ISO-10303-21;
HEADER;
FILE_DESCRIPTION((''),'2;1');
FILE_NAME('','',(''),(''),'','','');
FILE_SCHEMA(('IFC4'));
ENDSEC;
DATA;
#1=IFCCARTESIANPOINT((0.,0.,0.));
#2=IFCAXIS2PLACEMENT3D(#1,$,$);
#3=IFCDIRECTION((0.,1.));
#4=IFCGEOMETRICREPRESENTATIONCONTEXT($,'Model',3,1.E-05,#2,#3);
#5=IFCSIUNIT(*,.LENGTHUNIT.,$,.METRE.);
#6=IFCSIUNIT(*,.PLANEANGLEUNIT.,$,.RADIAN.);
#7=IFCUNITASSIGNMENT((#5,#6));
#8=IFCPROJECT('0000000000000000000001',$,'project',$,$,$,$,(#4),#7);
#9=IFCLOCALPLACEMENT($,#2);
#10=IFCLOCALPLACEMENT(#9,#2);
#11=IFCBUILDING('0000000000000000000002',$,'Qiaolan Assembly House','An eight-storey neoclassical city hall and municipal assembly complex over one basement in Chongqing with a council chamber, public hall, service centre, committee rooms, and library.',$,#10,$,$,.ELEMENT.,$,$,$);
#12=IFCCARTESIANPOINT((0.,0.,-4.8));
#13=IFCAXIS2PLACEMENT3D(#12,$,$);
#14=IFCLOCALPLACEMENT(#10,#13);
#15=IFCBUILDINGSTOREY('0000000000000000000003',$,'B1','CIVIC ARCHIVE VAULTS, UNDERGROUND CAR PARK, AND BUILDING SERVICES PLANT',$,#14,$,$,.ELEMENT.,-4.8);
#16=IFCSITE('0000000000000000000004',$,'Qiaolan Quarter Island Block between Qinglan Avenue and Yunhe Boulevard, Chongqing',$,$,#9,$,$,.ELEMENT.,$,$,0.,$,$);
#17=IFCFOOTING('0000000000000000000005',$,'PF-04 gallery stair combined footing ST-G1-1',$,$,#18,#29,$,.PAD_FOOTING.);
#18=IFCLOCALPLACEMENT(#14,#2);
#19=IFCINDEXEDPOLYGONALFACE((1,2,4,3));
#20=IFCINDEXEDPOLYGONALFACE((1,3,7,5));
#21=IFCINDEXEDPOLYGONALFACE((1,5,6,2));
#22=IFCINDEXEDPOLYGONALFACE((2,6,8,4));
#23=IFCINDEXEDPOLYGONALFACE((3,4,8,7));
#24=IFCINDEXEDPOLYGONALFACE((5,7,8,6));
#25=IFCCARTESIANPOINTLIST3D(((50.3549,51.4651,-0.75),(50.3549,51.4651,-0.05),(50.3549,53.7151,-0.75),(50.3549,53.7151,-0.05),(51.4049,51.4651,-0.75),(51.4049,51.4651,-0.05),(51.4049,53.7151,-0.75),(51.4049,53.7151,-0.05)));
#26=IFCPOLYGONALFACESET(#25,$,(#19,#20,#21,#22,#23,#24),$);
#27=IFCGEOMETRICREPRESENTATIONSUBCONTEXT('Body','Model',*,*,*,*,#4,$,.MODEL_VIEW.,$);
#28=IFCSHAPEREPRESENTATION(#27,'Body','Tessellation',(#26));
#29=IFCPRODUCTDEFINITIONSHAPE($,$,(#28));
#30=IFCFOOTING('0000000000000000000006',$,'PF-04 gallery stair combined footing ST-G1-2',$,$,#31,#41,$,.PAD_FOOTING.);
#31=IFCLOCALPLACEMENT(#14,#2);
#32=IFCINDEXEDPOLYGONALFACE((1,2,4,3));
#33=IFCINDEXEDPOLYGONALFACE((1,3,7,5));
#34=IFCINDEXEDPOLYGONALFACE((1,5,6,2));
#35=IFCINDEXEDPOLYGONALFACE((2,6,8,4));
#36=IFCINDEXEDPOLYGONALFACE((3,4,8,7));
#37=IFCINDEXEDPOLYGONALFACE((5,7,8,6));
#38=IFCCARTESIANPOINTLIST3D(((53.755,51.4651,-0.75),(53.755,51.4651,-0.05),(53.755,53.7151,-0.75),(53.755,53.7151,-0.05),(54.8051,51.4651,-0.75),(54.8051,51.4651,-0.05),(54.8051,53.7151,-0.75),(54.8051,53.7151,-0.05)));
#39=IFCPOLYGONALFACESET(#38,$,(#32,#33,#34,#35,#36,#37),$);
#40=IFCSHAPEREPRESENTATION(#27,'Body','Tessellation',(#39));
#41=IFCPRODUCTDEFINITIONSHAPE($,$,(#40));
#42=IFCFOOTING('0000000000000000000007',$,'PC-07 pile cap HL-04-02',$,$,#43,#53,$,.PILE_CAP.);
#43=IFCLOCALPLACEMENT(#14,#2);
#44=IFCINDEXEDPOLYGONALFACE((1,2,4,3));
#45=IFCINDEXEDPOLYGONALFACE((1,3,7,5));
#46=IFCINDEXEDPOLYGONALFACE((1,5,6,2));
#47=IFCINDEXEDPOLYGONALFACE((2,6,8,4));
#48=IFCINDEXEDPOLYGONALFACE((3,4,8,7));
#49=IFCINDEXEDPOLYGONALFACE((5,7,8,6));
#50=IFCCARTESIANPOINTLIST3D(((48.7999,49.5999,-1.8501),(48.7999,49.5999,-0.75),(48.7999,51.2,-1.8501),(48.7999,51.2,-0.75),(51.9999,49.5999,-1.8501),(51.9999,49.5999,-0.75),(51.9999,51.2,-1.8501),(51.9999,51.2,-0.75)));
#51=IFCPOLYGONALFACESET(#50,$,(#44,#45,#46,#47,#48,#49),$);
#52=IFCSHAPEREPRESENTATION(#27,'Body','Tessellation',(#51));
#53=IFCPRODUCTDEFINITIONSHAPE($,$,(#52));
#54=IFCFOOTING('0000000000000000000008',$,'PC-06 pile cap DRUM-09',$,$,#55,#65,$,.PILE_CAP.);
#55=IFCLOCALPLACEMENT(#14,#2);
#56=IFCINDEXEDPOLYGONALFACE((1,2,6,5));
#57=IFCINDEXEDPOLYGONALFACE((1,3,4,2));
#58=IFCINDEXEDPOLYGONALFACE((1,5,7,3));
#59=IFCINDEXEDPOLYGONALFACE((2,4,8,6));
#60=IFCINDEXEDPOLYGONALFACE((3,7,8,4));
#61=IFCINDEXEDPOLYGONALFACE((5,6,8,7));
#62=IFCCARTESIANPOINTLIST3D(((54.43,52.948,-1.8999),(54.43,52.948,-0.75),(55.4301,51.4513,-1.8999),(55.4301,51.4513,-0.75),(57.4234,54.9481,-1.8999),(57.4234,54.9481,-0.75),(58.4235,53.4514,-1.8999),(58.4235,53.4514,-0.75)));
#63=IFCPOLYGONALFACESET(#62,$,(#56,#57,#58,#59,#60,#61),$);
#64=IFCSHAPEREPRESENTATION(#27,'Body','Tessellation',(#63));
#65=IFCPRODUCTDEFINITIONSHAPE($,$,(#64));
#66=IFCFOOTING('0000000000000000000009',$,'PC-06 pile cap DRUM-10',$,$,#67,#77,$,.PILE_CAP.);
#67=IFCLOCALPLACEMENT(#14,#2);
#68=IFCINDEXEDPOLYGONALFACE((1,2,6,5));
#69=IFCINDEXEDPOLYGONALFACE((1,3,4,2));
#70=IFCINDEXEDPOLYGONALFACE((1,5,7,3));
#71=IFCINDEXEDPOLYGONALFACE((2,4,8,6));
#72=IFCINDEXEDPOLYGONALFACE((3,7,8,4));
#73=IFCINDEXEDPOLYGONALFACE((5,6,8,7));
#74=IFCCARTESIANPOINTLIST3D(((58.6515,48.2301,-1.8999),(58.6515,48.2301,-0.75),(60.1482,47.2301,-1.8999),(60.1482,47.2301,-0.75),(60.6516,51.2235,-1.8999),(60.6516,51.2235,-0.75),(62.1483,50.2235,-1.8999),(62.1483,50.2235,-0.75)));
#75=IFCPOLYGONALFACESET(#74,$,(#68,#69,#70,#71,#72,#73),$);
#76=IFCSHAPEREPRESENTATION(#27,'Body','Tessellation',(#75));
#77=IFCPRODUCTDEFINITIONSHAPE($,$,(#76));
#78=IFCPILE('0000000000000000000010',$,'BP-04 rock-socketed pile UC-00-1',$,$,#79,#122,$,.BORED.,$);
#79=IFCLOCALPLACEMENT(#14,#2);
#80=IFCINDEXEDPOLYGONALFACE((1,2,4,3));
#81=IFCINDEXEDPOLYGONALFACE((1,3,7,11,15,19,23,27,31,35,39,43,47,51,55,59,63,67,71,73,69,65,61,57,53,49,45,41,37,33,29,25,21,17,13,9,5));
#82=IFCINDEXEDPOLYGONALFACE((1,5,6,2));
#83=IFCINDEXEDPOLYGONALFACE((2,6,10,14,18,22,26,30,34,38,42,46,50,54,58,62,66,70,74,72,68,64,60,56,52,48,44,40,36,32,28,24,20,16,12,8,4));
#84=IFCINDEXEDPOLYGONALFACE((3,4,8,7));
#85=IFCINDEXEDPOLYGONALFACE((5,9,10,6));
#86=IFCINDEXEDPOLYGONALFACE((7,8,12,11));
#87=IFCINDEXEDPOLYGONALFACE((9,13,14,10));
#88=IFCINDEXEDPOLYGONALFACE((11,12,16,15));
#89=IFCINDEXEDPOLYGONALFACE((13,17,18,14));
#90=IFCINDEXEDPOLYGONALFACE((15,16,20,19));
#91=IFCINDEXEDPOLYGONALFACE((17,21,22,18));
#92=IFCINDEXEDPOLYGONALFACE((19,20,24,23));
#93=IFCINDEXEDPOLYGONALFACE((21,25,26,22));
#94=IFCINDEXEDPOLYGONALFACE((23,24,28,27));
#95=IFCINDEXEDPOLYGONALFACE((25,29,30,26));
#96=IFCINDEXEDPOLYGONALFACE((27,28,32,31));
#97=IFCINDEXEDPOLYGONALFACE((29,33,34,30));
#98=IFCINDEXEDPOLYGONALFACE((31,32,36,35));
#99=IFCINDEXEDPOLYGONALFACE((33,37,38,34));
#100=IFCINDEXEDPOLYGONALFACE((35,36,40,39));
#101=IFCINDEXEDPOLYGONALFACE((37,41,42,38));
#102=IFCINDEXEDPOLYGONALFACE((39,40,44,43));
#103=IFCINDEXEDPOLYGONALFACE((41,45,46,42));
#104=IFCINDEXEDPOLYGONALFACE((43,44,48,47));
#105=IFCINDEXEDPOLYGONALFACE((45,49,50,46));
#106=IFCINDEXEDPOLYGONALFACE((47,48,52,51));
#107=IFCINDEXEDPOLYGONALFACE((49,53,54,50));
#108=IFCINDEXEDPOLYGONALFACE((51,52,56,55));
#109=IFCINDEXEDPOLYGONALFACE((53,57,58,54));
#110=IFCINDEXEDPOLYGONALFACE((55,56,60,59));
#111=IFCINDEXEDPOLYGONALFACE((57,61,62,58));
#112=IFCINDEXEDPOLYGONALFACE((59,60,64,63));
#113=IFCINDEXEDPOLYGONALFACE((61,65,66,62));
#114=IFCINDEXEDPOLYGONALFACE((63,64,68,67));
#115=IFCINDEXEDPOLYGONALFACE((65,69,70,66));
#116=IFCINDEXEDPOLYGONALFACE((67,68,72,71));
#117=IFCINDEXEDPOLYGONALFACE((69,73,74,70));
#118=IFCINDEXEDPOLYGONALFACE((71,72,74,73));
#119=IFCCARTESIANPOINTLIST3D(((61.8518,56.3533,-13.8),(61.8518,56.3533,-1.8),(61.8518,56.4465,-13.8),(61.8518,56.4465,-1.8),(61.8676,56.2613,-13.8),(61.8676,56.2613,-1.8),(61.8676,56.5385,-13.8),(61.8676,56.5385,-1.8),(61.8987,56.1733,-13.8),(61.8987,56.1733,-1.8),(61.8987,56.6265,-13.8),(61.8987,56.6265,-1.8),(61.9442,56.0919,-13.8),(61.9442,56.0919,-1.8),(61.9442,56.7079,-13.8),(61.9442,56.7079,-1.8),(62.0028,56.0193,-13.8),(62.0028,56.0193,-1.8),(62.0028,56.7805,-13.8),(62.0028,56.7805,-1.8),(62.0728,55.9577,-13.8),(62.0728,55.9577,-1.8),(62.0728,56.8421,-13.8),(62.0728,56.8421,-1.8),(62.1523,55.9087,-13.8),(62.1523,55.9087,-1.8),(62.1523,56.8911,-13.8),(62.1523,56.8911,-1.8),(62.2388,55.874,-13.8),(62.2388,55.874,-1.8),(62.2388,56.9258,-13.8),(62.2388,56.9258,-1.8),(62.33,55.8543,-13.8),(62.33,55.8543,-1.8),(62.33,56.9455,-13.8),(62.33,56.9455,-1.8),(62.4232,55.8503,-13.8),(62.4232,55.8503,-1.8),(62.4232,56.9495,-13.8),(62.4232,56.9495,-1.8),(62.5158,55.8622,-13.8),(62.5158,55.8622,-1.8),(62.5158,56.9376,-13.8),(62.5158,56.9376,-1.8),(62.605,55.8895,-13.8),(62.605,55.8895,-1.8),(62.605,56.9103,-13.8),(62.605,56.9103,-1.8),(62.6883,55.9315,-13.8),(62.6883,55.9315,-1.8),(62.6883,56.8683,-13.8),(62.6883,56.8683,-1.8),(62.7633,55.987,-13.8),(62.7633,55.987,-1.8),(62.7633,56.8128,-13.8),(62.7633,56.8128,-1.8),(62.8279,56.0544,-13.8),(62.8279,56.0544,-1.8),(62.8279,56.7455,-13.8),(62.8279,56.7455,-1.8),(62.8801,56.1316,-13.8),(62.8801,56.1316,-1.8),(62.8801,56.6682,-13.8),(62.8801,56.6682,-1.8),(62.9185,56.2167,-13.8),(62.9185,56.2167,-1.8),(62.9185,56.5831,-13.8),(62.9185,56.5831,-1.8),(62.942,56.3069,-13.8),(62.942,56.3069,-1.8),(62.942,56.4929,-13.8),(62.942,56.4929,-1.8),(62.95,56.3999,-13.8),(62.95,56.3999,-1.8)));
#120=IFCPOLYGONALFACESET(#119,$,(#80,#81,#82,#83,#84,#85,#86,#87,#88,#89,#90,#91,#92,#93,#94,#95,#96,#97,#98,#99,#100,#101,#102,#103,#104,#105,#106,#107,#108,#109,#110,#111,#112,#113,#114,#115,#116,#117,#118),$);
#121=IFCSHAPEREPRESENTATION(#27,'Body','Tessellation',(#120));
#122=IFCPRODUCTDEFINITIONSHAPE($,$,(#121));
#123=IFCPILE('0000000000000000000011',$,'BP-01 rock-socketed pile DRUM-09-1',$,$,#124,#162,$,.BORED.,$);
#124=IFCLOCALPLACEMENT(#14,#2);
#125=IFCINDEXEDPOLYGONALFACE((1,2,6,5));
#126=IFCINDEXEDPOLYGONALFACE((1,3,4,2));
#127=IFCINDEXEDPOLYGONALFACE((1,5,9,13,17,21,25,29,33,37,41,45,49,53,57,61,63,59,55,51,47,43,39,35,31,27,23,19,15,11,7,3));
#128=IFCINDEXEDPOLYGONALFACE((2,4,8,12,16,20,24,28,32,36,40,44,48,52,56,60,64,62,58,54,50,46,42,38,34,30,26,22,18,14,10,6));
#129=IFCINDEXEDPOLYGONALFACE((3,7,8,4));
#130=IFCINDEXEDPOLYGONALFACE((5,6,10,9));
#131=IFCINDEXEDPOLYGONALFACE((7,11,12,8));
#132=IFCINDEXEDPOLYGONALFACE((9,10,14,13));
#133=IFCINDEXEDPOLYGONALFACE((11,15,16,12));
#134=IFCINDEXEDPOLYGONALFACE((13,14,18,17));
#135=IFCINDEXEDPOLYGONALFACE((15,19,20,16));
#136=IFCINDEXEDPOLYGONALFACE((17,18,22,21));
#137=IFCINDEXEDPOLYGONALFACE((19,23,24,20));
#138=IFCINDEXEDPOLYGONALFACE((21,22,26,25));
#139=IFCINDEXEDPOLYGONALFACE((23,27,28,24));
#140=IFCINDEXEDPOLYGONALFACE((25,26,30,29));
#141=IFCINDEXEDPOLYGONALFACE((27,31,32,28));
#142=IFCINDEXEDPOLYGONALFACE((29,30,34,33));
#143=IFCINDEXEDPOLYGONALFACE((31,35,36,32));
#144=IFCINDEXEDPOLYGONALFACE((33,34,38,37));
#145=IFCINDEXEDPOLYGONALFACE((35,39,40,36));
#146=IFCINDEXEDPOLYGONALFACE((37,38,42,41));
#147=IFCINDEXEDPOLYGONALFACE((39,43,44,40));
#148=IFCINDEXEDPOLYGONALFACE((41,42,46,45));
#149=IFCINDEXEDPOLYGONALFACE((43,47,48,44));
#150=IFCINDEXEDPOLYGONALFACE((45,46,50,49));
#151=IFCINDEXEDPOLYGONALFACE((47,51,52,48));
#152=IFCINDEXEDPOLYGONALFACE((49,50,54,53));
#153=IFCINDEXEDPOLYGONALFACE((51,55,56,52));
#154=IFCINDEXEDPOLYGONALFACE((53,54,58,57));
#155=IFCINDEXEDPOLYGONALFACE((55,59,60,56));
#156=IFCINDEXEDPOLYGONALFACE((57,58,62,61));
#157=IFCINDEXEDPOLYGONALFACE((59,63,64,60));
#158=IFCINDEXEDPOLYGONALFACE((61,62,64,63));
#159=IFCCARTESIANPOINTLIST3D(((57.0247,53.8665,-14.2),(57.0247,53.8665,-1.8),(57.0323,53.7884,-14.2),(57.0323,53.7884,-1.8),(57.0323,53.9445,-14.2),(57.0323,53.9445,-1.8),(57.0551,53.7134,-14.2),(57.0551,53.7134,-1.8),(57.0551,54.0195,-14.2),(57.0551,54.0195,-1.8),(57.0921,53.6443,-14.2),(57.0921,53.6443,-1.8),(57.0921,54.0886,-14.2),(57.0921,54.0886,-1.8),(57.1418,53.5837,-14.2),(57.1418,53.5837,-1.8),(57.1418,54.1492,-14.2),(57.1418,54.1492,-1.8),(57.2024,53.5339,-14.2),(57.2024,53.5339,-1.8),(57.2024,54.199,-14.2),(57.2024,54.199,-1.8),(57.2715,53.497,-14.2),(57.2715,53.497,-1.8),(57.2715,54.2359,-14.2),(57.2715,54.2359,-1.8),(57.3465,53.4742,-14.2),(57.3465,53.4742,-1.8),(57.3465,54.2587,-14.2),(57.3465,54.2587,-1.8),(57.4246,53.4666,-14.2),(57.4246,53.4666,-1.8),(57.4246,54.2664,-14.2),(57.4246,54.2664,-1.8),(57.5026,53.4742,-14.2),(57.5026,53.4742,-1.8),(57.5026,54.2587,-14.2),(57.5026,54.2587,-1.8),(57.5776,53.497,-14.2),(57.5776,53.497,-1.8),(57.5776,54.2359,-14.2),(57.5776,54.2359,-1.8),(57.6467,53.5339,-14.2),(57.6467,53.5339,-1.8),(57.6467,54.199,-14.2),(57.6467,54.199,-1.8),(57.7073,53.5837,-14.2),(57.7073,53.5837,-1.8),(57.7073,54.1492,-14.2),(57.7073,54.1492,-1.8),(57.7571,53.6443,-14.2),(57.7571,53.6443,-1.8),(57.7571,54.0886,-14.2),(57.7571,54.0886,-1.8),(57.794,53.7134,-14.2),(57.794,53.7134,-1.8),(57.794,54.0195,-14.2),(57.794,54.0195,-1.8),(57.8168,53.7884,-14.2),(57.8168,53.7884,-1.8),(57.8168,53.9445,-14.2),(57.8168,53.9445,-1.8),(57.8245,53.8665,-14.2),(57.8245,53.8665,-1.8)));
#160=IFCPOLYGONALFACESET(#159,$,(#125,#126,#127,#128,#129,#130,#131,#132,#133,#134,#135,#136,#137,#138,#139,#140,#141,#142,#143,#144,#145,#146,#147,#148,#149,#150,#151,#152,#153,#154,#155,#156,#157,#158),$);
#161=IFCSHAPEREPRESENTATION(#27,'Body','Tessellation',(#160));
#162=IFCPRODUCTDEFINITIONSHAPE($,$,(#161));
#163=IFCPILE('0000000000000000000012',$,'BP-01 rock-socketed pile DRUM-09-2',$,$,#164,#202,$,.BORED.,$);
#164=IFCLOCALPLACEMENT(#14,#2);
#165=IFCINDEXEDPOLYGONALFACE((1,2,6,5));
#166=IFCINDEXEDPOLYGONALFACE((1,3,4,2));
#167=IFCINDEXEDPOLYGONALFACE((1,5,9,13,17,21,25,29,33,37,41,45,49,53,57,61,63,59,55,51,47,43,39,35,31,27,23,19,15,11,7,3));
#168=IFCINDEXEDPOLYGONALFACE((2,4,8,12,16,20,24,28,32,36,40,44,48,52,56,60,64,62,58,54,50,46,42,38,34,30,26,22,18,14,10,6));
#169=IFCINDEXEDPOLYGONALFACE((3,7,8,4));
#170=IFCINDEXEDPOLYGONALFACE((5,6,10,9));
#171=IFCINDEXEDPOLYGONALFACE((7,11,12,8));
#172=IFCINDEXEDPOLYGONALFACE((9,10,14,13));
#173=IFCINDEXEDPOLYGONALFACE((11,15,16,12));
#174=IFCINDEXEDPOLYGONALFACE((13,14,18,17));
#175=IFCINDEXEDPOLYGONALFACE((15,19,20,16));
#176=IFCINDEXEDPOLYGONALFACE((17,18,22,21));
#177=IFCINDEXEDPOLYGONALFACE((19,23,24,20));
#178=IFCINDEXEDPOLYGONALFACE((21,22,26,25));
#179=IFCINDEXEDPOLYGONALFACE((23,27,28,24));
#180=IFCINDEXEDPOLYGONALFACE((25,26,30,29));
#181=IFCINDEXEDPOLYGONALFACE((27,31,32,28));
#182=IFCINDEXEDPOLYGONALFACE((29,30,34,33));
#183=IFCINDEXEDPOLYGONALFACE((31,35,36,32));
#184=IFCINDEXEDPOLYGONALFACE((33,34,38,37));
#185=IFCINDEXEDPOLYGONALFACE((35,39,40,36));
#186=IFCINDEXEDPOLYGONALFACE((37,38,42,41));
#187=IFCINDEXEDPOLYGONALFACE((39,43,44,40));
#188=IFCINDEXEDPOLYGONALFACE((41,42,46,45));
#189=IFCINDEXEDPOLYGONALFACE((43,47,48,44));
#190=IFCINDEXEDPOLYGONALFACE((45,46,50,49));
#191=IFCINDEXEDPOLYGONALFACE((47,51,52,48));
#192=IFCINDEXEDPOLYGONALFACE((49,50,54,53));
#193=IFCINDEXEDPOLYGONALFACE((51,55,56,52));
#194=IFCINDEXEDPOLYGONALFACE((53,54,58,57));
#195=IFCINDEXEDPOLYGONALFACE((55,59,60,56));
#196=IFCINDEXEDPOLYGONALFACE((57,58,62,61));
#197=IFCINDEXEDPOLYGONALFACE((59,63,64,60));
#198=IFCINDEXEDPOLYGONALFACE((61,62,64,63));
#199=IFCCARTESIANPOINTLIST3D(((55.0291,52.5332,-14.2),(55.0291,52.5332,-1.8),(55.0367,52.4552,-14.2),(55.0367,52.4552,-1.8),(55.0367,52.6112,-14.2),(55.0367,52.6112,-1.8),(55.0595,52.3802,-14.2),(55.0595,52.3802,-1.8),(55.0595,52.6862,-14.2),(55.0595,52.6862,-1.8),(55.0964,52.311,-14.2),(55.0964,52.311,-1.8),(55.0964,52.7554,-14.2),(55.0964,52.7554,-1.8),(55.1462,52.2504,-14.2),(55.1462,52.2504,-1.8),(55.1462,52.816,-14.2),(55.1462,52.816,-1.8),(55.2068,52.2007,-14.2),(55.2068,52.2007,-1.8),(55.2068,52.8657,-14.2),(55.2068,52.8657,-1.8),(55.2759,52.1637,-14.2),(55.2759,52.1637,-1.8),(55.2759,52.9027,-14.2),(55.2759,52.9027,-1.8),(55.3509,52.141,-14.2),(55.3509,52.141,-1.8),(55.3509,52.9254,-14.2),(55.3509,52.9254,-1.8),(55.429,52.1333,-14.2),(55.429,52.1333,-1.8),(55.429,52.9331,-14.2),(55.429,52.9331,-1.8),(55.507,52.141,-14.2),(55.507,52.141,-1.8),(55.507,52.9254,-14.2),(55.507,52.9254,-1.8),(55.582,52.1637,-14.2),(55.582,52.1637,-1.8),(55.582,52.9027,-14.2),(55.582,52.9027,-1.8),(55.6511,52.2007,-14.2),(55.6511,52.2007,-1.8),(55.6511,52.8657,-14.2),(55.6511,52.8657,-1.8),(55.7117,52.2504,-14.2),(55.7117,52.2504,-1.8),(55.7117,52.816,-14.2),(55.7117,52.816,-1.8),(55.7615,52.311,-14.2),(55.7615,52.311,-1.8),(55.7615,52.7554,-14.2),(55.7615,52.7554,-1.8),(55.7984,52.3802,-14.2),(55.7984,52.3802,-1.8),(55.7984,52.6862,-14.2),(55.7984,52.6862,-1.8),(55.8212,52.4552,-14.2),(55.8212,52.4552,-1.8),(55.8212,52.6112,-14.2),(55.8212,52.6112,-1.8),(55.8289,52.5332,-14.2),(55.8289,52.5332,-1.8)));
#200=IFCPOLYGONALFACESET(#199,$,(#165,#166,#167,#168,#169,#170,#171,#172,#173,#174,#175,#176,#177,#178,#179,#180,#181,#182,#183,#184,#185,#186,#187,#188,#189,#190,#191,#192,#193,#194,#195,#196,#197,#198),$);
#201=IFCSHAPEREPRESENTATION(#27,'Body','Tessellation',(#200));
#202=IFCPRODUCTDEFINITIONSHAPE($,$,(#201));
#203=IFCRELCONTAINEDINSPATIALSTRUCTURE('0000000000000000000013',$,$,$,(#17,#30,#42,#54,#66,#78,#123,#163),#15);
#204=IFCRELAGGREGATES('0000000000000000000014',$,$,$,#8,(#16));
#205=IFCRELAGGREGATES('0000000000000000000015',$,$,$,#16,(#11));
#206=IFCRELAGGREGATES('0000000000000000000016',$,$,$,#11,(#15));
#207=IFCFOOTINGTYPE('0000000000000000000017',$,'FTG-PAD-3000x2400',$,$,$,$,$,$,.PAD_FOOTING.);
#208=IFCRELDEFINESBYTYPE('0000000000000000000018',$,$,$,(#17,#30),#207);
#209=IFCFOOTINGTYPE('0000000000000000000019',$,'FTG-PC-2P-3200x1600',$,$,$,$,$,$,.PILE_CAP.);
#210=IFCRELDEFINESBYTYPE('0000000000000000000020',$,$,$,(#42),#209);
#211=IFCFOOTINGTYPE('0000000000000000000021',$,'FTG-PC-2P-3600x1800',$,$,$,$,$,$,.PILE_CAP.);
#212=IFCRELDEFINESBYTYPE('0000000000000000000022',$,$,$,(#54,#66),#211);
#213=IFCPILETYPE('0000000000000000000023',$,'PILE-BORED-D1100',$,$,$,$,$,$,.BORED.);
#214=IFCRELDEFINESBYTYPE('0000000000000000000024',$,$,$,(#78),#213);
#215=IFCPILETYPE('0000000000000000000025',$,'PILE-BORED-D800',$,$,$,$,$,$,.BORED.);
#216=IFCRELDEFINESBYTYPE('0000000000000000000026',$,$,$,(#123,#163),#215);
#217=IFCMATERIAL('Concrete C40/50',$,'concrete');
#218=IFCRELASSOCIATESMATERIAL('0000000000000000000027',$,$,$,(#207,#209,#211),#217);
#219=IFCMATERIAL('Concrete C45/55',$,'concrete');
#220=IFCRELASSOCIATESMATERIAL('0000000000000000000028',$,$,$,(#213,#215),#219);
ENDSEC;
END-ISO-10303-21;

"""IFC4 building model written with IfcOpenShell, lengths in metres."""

from ifc_helpers import new_model, si_unit, direction, frame, origin, origin_2d, place, context, subcontext, project, spatial, rectangle, circle, extrude, material, material_profile, profile_set, type_object, element, save


model = new_model("IFC4")

# Units and contexts
model_context = context("Model", 3, precision=1e-05, world=origin(), true_north=direction((0.0, 1.0)))
body_context = subcontext(model_context, "Body", "Model", "MODEL_VIEW")
ifc_project = project(units=[si_unit("LENGTHUNIT", "METRE"), si_unit("PLANEANGLEUNIT", "RADIAN")], contexts=[model_context])

# Site, building, storey
site_placement = place(None, origin())
site = spatial("IfcSite", under=ifc_project, at=site_placement, Name="Qiaolan Quarter Island Block between Qinglan Avenue and Yunhe Boulevard, Chongqing", CompositionType="ELEMENT", RefElevation=0.0)
building_placement = place(site_placement, origin())
building = spatial("IfcBuilding", under=site, at=building_placement, Name="Qiaolan Assembly House", Description="An eight-storey neoclassical city hall and municipal assembly complex over one basement in Chongqing with a council chamber, public hall, service centre, committee rooms, and library.", CompositionType="ELEMENT")
storey_placement = place(building_placement, frame((0.0, 0.0, -4.8)))
storey = spatial("IfcBuildingStorey", under=building, at=storey_placement, Name="B1", Description="CIVIC ARCHIVE VAULTS, UNDERGROUND CAR PARK, AND BUILDING SERVICES PLANT", CompositionType="ELEMENT", Elevation=-4.8)

# Footings
ifc_material_1 = material(Name="Concrete C40/50", Category="concrete")
footing_type_1 = type_object("IfcFootingType", Name="FTG-PAD-3000x2400", PredefinedType="PAD_FOOTING", material=ifc_material_1)
for number, where, z_axis, x_axis, name in (
    (1, (50.8799, 52.5901, -0.75), (0.0, 0.0, 1.0), (1.0, 0.0, 0.0), "PF-04 gallery stair combined footing ST-G1-1"),
    (2, (54.28, 52.5901, -0.75), (0.0, 0.0, 1.0), (1.0, 0.0, 0.0), "PF-04 gallery stair combined footing ST-G1-2"),
):
    element("IfcFooting", number, at=place(storey_placement, frame(where, z_axis=z_axis, x_axis=x_axis)), inside=storey, type_object=footing_type_1, Name=name, PredefinedType="PAD_FOOTING", context=body_context, shape_type="SweptSolid", body=[
        extrude(rectangle(XDim=1.05, YDim=2.25, at=origin_2d()), origin(), (0.0, 0.0, 1.0), 0.7),
    ])
footing_type_2 = type_object("IfcFootingType", Name="FTG-PC-2P-3200x1600", PredefinedType="PILE_CAP", material=ifc_material_1)
footing_placement = place(storey_placement, frame((50.3999, 50.3999, -1.8501), z_axis=(0.0, 0.0, 1.0), x_axis=(1.0, 0.0, 0.0)))
element("IfcFooting", 3, at=footing_placement, inside=storey, type_object=footing_type_2, Name="PC-07 pile cap HL-04-02", PredefinedType="PILE_CAP", context=body_context, shape_type="SweptSolid", body=[
    extrude(rectangle(XDim=3.2, YDim=1.6001, at=origin_2d()), origin(), (0.0, 0.0, 1.0), 1.1001),
])
footing_type_3 = type_object("IfcFootingType", Name="FTG-PC-2P-3600x1800", PredefinedType="PILE_CAP", material=ifc_material_1)
for number, where, z_axis, x_axis, name in (
    (4, (56.4268, 53.1997, -1.8999), (0.0, 0.0, 1.0), (-0.83147, -0.55557, 0.0), "PC-06 pile cap DRUM-09"),
    (5, (60.3999, 49.2268, -1.8999), (0.0, 0.0, 1.0), (-0.55557, -0.83147, 0.0), "PC-06 pile cap DRUM-10"),
):
    element("IfcFooting", number, at=place(storey_placement, frame(where, z_axis=z_axis, x_axis=x_axis)), inside=storey, type_object=footing_type_3, Name=name, PredefinedType="PILE_CAP", context=body_context, shape_type="SweptSolid", body=[
        extrude(rectangle(XDim=3.6001, YDim=1.8, at=origin_2d()), origin(), (0.0, 0.0, 1.0), 1.1499),
    ])

# Piles
ifc_material_2 = material(Name="Concrete C45/55", Category="concrete")
ifc_material_profile_1 = material_profile(ifc_material_2, circle(Radius=0.55, at=origin_2d()), Name="PILE D1100")
ifc_profile_set_1 = profile_set([ifc_material_profile_1], Name="Concrete C45/55")
pile_type_1 = type_object("IfcPileType", Name="PILE-BORED-D1100", PredefinedType="BORED", material=ifc_profile_set_1)
pile_placement = place(storey_placement, frame((62.3999, 56.3999, -1.8), z_axis=(0.0, 0.0, -1.0), x_axis=(1.0, 0.0, 0.0)))
element("IfcPile", 6, at=pile_placement, inside=storey, type_object=pile_type_1, Name="BP-04 rock-socketed pile UC-00-1", PredefinedType="BORED", context=body_context, shape_type="SweptSolid", body=[
    extrude(circle(Radius=0.55, at=origin_2d()), origin(), (0.0, 0.0, 1.0), 12.0),
])
ifc_material_profile_2 = material_profile(ifc_material_2, circle(Radius=0.3999, at=origin_2d()), Name="PILE D800")
ifc_profile_set_2 = profile_set([ifc_material_profile_2], Name="Concrete C45/55")
pile_type_2 = type_object("IfcPileType", Name="PILE-BORED-D800", PredefinedType="BORED", material=ifc_profile_set_2)
for number, where, z_axis, x_axis, name in (
    (7, (57.4246, 53.8665, -1.8), (0.0, 0.0, -1.0), (1.0, 0.0, 0.0), "BP-01 rock-socketed pile DRUM-09-1"),
    (8, (55.429, 52.5332, -1.8), (0.0, 0.0, -1.0), (1.0, 0.0, 0.0), "BP-01 rock-socketed pile DRUM-09-2"),
):
    element("IfcPile", number, at=place(storey_placement, frame(where, z_axis=z_axis, x_axis=x_axis)), inside=storey, type_object=pile_type_2, Name=name, PredefinedType="BORED", context=body_context, shape_type="SweptSolid", body=[
        extrude(circle(Radius=0.3999, at=origin_2d()), origin(), (0.0, 0.0, 1.0), 12.3999),
    ])

save(model, "model.ifc")
